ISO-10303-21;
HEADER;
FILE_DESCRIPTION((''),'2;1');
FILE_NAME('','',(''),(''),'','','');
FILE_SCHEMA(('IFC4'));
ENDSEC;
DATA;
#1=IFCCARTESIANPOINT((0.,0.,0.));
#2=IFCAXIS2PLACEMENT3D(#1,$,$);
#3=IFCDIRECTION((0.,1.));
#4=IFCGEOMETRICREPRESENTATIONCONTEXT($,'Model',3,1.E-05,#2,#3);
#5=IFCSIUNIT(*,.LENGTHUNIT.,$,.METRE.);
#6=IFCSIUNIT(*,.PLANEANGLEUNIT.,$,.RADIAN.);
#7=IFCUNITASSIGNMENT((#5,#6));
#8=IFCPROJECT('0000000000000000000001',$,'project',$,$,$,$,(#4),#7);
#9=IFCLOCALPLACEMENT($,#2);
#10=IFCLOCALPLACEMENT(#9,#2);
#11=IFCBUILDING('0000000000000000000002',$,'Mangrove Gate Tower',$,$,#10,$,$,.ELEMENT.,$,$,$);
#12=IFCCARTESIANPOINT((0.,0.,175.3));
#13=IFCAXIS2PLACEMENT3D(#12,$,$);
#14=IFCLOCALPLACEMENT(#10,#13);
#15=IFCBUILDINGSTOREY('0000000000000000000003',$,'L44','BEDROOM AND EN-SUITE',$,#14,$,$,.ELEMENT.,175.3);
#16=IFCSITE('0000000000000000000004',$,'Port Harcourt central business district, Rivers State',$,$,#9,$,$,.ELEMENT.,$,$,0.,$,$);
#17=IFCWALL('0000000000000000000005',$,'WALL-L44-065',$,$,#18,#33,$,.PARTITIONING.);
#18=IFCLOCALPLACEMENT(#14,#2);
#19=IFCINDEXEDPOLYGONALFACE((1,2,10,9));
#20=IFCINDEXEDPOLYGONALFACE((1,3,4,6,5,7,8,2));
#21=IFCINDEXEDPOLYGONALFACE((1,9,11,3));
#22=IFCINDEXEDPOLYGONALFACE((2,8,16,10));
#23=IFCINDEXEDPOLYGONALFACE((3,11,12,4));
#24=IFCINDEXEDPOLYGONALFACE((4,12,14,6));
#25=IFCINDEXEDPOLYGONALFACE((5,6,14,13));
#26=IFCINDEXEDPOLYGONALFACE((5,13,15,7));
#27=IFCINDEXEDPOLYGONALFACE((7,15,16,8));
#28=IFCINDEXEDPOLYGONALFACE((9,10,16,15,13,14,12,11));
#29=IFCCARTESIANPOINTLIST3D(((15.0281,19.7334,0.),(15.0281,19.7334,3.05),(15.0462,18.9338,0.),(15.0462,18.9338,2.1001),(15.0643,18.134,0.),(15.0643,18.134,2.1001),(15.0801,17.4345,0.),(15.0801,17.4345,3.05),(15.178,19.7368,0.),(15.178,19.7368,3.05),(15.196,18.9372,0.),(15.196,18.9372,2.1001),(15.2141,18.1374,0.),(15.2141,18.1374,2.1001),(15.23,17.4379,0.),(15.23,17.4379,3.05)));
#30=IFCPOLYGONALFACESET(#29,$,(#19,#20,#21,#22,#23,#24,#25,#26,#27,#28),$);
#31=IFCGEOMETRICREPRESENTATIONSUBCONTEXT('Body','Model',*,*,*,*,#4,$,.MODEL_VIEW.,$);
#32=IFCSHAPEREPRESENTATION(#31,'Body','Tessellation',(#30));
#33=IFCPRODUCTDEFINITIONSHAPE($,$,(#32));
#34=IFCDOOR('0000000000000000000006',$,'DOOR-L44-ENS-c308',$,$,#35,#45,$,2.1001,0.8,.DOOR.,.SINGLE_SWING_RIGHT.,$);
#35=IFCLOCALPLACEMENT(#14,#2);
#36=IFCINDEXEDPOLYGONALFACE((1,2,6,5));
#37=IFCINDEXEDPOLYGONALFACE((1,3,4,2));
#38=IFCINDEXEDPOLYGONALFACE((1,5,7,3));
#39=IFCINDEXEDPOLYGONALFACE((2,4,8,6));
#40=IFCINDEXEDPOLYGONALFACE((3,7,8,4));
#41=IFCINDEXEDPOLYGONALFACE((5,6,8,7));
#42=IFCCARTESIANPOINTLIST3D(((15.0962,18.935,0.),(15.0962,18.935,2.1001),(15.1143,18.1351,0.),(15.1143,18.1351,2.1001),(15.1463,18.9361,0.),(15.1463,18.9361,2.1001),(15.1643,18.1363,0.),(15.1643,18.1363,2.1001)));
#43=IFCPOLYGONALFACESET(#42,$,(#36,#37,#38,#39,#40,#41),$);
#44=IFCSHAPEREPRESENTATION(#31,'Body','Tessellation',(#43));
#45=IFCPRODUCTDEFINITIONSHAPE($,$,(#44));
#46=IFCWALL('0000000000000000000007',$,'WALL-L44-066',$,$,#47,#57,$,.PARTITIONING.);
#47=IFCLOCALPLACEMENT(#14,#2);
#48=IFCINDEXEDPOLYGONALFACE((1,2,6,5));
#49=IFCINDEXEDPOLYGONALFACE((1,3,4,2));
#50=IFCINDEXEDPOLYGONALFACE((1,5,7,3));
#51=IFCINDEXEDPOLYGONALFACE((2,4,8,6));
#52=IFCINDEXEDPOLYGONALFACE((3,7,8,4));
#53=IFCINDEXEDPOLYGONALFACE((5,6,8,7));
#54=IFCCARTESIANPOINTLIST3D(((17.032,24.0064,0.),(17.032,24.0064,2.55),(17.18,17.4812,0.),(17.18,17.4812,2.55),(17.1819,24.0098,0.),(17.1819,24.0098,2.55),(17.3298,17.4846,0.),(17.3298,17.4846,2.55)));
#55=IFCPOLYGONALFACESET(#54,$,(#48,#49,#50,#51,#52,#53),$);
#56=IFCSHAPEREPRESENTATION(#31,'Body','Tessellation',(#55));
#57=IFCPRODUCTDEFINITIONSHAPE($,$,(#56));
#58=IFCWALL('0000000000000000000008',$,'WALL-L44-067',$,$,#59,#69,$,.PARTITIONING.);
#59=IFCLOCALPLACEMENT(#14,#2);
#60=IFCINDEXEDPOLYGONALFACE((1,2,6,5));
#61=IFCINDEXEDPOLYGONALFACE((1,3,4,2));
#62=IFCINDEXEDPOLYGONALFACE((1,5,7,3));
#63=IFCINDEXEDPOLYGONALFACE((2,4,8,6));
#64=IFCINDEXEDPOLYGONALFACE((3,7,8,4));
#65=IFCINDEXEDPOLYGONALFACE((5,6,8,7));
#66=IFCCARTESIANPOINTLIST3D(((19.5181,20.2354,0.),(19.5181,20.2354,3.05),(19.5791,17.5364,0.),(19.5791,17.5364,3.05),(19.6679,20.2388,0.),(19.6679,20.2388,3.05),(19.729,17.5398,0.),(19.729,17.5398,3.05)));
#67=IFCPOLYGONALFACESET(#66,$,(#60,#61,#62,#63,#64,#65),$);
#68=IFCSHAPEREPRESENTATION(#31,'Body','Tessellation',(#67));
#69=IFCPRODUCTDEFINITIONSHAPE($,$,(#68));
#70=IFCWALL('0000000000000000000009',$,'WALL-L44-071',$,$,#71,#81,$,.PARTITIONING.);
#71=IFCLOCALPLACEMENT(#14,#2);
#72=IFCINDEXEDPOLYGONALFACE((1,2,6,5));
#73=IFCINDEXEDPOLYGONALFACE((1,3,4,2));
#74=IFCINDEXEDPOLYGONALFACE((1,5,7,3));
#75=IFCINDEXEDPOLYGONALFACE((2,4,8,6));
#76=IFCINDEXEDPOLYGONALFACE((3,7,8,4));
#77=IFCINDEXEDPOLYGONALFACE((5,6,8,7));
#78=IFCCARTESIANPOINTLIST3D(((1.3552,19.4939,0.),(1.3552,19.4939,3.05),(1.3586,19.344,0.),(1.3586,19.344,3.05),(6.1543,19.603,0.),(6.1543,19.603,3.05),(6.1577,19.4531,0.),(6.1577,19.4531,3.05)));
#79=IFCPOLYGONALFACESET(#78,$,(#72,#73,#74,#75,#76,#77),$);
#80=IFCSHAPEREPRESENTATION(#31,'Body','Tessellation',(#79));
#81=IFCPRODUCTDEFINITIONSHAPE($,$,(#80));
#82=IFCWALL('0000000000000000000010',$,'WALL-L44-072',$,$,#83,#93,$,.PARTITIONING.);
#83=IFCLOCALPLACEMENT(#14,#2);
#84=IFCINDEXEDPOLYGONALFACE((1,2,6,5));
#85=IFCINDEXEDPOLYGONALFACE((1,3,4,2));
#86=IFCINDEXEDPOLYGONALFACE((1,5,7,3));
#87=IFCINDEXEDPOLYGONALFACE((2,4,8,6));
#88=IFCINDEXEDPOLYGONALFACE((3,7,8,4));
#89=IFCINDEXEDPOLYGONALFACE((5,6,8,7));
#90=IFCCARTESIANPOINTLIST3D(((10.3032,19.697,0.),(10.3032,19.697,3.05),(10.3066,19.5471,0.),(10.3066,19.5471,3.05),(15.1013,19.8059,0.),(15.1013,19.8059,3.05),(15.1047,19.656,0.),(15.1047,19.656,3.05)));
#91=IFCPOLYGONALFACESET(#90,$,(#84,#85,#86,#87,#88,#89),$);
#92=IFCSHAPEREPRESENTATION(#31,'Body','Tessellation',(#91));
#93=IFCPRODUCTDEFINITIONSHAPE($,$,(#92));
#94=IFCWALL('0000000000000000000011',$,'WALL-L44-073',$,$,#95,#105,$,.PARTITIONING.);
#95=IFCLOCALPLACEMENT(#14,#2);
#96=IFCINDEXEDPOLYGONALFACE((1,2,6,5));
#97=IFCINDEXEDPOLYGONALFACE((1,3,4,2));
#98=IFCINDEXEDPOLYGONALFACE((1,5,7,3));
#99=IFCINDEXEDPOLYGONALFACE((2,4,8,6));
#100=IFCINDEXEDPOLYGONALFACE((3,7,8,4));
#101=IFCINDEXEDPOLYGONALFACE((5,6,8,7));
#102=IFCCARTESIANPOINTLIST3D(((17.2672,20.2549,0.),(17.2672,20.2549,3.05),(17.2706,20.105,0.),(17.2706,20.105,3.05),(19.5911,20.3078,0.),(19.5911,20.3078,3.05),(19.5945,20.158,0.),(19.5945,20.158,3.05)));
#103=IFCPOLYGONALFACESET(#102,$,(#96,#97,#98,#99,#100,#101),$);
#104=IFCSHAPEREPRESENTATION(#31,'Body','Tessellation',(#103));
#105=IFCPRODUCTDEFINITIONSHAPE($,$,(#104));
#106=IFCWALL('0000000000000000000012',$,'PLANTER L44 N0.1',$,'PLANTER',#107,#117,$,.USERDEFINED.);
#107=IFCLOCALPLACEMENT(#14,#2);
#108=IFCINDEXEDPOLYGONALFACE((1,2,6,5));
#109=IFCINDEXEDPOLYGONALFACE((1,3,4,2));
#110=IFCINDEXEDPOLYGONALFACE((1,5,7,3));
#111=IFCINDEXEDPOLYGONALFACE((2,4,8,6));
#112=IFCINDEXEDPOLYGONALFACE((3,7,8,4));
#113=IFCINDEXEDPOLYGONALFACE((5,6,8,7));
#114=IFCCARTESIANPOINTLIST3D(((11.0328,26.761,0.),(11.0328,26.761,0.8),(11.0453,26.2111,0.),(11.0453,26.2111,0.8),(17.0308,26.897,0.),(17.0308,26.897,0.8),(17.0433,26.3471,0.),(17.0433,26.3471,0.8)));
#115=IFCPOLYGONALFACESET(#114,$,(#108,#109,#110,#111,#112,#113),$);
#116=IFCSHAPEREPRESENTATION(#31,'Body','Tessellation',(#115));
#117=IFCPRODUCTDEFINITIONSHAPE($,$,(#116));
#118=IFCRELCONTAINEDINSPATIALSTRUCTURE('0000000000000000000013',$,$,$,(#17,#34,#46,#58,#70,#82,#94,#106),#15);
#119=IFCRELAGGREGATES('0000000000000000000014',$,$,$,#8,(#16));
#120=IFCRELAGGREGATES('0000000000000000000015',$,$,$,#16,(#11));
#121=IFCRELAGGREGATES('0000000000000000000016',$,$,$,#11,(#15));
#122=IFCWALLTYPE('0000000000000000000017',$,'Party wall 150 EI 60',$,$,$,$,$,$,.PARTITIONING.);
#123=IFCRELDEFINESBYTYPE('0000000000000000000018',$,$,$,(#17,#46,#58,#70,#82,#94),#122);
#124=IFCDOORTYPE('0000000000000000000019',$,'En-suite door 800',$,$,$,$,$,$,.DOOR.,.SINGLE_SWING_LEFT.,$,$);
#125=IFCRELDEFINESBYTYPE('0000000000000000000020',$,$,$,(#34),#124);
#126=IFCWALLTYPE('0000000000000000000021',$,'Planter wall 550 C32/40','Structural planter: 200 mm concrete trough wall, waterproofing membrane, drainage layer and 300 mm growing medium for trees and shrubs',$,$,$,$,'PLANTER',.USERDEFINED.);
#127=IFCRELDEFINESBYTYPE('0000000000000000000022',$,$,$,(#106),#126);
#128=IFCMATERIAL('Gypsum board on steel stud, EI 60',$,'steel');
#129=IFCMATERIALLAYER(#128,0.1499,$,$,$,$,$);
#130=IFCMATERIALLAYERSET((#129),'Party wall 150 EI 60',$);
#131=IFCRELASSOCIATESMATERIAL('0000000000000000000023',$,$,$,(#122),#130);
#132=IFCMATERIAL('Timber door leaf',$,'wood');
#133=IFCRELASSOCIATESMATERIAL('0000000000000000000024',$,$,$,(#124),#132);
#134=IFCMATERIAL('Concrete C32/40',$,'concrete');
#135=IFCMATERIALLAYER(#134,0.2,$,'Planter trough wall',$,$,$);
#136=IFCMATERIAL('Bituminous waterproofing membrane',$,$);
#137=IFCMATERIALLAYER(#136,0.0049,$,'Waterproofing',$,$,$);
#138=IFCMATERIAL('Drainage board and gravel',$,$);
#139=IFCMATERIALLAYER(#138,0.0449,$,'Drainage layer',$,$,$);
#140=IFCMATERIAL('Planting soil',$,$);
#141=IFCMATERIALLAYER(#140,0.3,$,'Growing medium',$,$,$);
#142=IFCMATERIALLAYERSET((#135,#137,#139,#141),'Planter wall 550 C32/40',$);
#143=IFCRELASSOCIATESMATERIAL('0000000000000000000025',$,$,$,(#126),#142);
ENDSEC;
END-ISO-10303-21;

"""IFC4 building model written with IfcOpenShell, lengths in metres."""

from ifc_helpers import new_model, si_unit, direction, frame, frame_2d, origin, place, context, subcontext, project, spatial, rectangle, extrude, material, layer, layer_set, type_object, element, fill, save


model = new_model("IFC4")

# Units and contexts
model_context = context("Model", 3, precision=1e-05, world=origin(), true_north=direction((0.0, 1.0)))
body_context = subcontext(model_context, "Body", "Model", "MODEL_VIEW")
ifc_project = project(units=[si_unit("LENGTHUNIT", "METRE"), si_unit("PLANEANGLEUNIT", "RADIAN")], contexts=[model_context])

# Site, building, storey
site_placement = place(None, origin())
site = spatial("IfcSite", under=ifc_project, at=site_placement, Name="Port Harcourt central business district, Rivers State", CompositionType="ELEMENT", RefElevation=0.0)
building_placement = place(site_placement, origin())
building = spatial("IfcBuilding", under=site, at=building_placement, Name="Mangrove Gate Tower", CompositionType="ELEMENT")
storey_placement = place(building_placement, frame((0.0, 0.0, 175.3)))
storey = spatial("IfcBuildingStorey", under=building, at=storey_placement, Name="L44", Description="BEDROOM AND EN-SUITE", CompositionType="ELEMENT", Elevation=175.3)

# Shared definitions
ifc_material_1 = material(Name="Gypsum board on steel stud, EI 60", Category="steel")
ifc_layer_1 = layer(ifc_material_1, 0.1499)
ifc_layer_set_1 = layer_set([ifc_layer_1], Name="Party wall 150 EI 60")
wall_type_1 = type_object("IfcWallType", Name="Party wall 150 EI 60", PredefinedType="PARTITIONING", material=ifc_layer_set_1)

# Wall, opening, door
wall_1_placement = place(storey_placement, frame((15.155, 17.436, 0.0), z_axis=(0.0, 0.0, 1.0), x_axis=(-0.022613, 0.999744, 0.0)))
wall_1 = element("IfcWall", 1, at=wall_1_placement, inside=storey, type_object=wall_type_1, Name="WALL-L44-065", PredefinedType="PARTITIONING", context=body_context, shape_type="SweptSolid", body=[
    extrude(rectangle(XDim=2.2996, YDim=0.1499, at=frame_2d((1.1499, 0.0))), origin(), (0.0, 0.0, 1.0), 3.05),
])
opening_1_placement = place(wall_1_placement, frame((0.7, 0.0, 0.0)))
opening_1 = element("IfcOpeningElement", 2, at=opening_1_placement, cuts=wall_1, PredefinedType="OPENING", context=body_context, shape_type="SweptSolid", body=[
    extrude(rectangle(XDim=0.8, YDim=2.1001, at=frame_2d((0.3999, 1.05))), frame((0.0, 0.085, 0.0), z_axis=(0.0, -1.0, 0.0), x_axis=(1.0, 0.0, 0.0)), (0.0, 0.0, 1.0), 0.1699),
])
ifc_material_2 = material(Name="Timber door leaf", Category="wood")
door_type_1 = type_object("IfcDoorType", Name="En-suite door 800", OperationType="SINGLE_SWING_LEFT", PredefinedType="DOOR", material=ifc_material_2)
door_1_placement = place(opening_1_placement, origin())
door_1 = element("IfcDoor", 3, at=door_1_placement, inside=storey, type_object=door_type_1, Name="DOOR-L44-ENS-c308", OperationType="SINGLE_SWING_RIGHT", OverallHeight=2.1001, OverallWidth=0.8, PredefinedType="DOOR", context=body_context, shape_type="SweptSolid", body=[
    extrude(rectangle(XDim=0.8, YDim=2.1001, at=frame_2d((0.3999, 1.05))), frame((0.0, 0.0249, 0.0), z_axis=(0.0, -1.0, 0.0), x_axis=(1.0, 0.0, 0.0)), (0.0, 0.0, 1.0), 0.05),
])
fill(opening_1, door_1)

# Walls
wall_2_placement = place(storey_placement, frame((17.2549, 17.4829, 0.0), z_axis=(0.0, 0.0, 1.0), x_axis=(-0.022668, 0.999743, 0.0)))
element("IfcWall", 4, at=wall_2_placement, inside=storey, type_object=wall_type_1, Name="WALL-L44-066", PredefinedType="PARTITIONING", context=body_context, shape_type="SweptSolid", body=[
    extrude(rectangle(XDim=6.5269, YDim=0.1499, at=frame_2d((3.2634, 0.0))), origin(), (0.0, 0.0, 1.0), 2.55),
])
wall_3_placement = place(storey_placement, frame((19.6541, 17.5381, 0.0), z_axis=(0.0, 0.0, 1.0), x_axis=(-0.022608, 0.999744, 0.0)))
element("IfcWall", 5, at=wall_3_placement, inside=storey, type_object=wall_type_1, Name="WALL-L44-067", PredefinedType="PARTITIONING", context=body_context, shape_type="SweptSolid", body=[
    extrude(rectangle(XDim=2.6997, YDim=0.1499, at=frame_2d((1.3499, 0.0))), origin(), (0.0, 0.0, 1.0), 3.05),
])
wall_4_placement = place(storey_placement, frame((1.3569, 19.4189, 0.0), z_axis=(0.0, 0.0, 1.0), x_axis=(0.999742, 0.022734, 0.0)))
element("IfcWall", 6, at=wall_4_placement, inside=storey, type_object=wall_type_1, Name="WALL-L44-071", PredefinedType="PARTITIONING", context=body_context, shape_type="SweptSolid", body=[
    extrude(rectangle(XDim=4.8003, YDim=0.1499, at=frame_2d((2.4001, 0.0))), origin(), (0.0, 0.0, 1.0), 3.05),
])
wall_5_placement = place(storey_placement, frame((10.3049, 19.6221, 0.0), z_axis=(0.0, 0.0, 1.0), x_axis=(0.999743, 0.022688, 0.0)))
element("IfcWall", 7, at=wall_5_placement, inside=storey, type_object=wall_type_1, Name="WALL-L44-072", PredefinedType="PARTITIONING", context=body_context, shape_type="SweptSolid", body=[
    extrude(rectangle(XDim=4.7993, YDim=0.1499, at=frame_2d((2.3997, 0.0))), origin(), (0.0, 0.0, 1.0), 3.05),
])
wall_6_placement = place(storey_placement, frame((17.269, 20.1799, 0.0), z_axis=(0.0, 0.0, 1.0), x_axis=(0.99974, 0.022791, 0.0)))
element("IfcWall", 8, at=wall_6_placement, inside=storey, type_object=wall_type_1, Name="WALL-L44-073", PredefinedType="PARTITIONING", context=body_context, shape_type="SweptSolid", body=[
    extrude(rectangle(XDim=2.3245, YDim=0.1499, at=frame_2d((1.1621, 0.0))), origin(), (0.0, 0.0, 1.0), 3.05),
])
ifc_material_3 = material(Name="Concrete C32/40", Category="concrete")
ifc_layer_2 = layer(ifc_material_3, 0.2, Name="Planter trough wall")
ifc_material_4 = material(Name="Bituminous waterproofing membrane")
ifc_layer_3 = layer(ifc_material_4, 0.0049, Name="Waterproofing")
ifc_material_5 = material(Name="Drainage board and gravel")
ifc_layer_4 = layer(ifc_material_5, 0.0449, Name="Drainage layer")
ifc_material_6 = material(Name="Planting soil")
ifc_layer_5 = layer(ifc_material_6, 0.3, Name="Growing medium")
ifc_layer_set_2 = layer_set([ifc_layer_2, ifc_layer_3, ifc_layer_4, ifc_layer_5], Name="Planter wall 550 C32/40")
wall_type_2 = type_object("IfcWallType", Name="Planter wall 550 C32/40", Description="Structural planter: 200 mm concrete trough wall, waterproofing membrane, drainage layer and 300 mm growing medium for trees and shrubs", ElementType="PLANTER", PredefinedType="USERDEFINED", material=ifc_layer_set_2)
wall_7_placement = place(storey_placement, frame((11.0391, 26.4861, 0.0), z_axis=(0.0, 0.0, 1.0), x_axis=(0.999743, 0.022666, 0.0)))
element("IfcWall", 9, at=wall_7_placement, inside=storey, type_object=wall_type_2, Name="PLANTER L44 N0.1", ObjectType="PLANTER", PredefinedType="USERDEFINED", context=body_context, shape_type="SweptSolid", body=[
    extrude(rectangle(XDim=5.9995, YDim=0.55, at=frame_2d((2.9998, 0.0))), origin(), (0.0, 0.0, 1.0), 0.8),
])

save(model, "model.ifc")
